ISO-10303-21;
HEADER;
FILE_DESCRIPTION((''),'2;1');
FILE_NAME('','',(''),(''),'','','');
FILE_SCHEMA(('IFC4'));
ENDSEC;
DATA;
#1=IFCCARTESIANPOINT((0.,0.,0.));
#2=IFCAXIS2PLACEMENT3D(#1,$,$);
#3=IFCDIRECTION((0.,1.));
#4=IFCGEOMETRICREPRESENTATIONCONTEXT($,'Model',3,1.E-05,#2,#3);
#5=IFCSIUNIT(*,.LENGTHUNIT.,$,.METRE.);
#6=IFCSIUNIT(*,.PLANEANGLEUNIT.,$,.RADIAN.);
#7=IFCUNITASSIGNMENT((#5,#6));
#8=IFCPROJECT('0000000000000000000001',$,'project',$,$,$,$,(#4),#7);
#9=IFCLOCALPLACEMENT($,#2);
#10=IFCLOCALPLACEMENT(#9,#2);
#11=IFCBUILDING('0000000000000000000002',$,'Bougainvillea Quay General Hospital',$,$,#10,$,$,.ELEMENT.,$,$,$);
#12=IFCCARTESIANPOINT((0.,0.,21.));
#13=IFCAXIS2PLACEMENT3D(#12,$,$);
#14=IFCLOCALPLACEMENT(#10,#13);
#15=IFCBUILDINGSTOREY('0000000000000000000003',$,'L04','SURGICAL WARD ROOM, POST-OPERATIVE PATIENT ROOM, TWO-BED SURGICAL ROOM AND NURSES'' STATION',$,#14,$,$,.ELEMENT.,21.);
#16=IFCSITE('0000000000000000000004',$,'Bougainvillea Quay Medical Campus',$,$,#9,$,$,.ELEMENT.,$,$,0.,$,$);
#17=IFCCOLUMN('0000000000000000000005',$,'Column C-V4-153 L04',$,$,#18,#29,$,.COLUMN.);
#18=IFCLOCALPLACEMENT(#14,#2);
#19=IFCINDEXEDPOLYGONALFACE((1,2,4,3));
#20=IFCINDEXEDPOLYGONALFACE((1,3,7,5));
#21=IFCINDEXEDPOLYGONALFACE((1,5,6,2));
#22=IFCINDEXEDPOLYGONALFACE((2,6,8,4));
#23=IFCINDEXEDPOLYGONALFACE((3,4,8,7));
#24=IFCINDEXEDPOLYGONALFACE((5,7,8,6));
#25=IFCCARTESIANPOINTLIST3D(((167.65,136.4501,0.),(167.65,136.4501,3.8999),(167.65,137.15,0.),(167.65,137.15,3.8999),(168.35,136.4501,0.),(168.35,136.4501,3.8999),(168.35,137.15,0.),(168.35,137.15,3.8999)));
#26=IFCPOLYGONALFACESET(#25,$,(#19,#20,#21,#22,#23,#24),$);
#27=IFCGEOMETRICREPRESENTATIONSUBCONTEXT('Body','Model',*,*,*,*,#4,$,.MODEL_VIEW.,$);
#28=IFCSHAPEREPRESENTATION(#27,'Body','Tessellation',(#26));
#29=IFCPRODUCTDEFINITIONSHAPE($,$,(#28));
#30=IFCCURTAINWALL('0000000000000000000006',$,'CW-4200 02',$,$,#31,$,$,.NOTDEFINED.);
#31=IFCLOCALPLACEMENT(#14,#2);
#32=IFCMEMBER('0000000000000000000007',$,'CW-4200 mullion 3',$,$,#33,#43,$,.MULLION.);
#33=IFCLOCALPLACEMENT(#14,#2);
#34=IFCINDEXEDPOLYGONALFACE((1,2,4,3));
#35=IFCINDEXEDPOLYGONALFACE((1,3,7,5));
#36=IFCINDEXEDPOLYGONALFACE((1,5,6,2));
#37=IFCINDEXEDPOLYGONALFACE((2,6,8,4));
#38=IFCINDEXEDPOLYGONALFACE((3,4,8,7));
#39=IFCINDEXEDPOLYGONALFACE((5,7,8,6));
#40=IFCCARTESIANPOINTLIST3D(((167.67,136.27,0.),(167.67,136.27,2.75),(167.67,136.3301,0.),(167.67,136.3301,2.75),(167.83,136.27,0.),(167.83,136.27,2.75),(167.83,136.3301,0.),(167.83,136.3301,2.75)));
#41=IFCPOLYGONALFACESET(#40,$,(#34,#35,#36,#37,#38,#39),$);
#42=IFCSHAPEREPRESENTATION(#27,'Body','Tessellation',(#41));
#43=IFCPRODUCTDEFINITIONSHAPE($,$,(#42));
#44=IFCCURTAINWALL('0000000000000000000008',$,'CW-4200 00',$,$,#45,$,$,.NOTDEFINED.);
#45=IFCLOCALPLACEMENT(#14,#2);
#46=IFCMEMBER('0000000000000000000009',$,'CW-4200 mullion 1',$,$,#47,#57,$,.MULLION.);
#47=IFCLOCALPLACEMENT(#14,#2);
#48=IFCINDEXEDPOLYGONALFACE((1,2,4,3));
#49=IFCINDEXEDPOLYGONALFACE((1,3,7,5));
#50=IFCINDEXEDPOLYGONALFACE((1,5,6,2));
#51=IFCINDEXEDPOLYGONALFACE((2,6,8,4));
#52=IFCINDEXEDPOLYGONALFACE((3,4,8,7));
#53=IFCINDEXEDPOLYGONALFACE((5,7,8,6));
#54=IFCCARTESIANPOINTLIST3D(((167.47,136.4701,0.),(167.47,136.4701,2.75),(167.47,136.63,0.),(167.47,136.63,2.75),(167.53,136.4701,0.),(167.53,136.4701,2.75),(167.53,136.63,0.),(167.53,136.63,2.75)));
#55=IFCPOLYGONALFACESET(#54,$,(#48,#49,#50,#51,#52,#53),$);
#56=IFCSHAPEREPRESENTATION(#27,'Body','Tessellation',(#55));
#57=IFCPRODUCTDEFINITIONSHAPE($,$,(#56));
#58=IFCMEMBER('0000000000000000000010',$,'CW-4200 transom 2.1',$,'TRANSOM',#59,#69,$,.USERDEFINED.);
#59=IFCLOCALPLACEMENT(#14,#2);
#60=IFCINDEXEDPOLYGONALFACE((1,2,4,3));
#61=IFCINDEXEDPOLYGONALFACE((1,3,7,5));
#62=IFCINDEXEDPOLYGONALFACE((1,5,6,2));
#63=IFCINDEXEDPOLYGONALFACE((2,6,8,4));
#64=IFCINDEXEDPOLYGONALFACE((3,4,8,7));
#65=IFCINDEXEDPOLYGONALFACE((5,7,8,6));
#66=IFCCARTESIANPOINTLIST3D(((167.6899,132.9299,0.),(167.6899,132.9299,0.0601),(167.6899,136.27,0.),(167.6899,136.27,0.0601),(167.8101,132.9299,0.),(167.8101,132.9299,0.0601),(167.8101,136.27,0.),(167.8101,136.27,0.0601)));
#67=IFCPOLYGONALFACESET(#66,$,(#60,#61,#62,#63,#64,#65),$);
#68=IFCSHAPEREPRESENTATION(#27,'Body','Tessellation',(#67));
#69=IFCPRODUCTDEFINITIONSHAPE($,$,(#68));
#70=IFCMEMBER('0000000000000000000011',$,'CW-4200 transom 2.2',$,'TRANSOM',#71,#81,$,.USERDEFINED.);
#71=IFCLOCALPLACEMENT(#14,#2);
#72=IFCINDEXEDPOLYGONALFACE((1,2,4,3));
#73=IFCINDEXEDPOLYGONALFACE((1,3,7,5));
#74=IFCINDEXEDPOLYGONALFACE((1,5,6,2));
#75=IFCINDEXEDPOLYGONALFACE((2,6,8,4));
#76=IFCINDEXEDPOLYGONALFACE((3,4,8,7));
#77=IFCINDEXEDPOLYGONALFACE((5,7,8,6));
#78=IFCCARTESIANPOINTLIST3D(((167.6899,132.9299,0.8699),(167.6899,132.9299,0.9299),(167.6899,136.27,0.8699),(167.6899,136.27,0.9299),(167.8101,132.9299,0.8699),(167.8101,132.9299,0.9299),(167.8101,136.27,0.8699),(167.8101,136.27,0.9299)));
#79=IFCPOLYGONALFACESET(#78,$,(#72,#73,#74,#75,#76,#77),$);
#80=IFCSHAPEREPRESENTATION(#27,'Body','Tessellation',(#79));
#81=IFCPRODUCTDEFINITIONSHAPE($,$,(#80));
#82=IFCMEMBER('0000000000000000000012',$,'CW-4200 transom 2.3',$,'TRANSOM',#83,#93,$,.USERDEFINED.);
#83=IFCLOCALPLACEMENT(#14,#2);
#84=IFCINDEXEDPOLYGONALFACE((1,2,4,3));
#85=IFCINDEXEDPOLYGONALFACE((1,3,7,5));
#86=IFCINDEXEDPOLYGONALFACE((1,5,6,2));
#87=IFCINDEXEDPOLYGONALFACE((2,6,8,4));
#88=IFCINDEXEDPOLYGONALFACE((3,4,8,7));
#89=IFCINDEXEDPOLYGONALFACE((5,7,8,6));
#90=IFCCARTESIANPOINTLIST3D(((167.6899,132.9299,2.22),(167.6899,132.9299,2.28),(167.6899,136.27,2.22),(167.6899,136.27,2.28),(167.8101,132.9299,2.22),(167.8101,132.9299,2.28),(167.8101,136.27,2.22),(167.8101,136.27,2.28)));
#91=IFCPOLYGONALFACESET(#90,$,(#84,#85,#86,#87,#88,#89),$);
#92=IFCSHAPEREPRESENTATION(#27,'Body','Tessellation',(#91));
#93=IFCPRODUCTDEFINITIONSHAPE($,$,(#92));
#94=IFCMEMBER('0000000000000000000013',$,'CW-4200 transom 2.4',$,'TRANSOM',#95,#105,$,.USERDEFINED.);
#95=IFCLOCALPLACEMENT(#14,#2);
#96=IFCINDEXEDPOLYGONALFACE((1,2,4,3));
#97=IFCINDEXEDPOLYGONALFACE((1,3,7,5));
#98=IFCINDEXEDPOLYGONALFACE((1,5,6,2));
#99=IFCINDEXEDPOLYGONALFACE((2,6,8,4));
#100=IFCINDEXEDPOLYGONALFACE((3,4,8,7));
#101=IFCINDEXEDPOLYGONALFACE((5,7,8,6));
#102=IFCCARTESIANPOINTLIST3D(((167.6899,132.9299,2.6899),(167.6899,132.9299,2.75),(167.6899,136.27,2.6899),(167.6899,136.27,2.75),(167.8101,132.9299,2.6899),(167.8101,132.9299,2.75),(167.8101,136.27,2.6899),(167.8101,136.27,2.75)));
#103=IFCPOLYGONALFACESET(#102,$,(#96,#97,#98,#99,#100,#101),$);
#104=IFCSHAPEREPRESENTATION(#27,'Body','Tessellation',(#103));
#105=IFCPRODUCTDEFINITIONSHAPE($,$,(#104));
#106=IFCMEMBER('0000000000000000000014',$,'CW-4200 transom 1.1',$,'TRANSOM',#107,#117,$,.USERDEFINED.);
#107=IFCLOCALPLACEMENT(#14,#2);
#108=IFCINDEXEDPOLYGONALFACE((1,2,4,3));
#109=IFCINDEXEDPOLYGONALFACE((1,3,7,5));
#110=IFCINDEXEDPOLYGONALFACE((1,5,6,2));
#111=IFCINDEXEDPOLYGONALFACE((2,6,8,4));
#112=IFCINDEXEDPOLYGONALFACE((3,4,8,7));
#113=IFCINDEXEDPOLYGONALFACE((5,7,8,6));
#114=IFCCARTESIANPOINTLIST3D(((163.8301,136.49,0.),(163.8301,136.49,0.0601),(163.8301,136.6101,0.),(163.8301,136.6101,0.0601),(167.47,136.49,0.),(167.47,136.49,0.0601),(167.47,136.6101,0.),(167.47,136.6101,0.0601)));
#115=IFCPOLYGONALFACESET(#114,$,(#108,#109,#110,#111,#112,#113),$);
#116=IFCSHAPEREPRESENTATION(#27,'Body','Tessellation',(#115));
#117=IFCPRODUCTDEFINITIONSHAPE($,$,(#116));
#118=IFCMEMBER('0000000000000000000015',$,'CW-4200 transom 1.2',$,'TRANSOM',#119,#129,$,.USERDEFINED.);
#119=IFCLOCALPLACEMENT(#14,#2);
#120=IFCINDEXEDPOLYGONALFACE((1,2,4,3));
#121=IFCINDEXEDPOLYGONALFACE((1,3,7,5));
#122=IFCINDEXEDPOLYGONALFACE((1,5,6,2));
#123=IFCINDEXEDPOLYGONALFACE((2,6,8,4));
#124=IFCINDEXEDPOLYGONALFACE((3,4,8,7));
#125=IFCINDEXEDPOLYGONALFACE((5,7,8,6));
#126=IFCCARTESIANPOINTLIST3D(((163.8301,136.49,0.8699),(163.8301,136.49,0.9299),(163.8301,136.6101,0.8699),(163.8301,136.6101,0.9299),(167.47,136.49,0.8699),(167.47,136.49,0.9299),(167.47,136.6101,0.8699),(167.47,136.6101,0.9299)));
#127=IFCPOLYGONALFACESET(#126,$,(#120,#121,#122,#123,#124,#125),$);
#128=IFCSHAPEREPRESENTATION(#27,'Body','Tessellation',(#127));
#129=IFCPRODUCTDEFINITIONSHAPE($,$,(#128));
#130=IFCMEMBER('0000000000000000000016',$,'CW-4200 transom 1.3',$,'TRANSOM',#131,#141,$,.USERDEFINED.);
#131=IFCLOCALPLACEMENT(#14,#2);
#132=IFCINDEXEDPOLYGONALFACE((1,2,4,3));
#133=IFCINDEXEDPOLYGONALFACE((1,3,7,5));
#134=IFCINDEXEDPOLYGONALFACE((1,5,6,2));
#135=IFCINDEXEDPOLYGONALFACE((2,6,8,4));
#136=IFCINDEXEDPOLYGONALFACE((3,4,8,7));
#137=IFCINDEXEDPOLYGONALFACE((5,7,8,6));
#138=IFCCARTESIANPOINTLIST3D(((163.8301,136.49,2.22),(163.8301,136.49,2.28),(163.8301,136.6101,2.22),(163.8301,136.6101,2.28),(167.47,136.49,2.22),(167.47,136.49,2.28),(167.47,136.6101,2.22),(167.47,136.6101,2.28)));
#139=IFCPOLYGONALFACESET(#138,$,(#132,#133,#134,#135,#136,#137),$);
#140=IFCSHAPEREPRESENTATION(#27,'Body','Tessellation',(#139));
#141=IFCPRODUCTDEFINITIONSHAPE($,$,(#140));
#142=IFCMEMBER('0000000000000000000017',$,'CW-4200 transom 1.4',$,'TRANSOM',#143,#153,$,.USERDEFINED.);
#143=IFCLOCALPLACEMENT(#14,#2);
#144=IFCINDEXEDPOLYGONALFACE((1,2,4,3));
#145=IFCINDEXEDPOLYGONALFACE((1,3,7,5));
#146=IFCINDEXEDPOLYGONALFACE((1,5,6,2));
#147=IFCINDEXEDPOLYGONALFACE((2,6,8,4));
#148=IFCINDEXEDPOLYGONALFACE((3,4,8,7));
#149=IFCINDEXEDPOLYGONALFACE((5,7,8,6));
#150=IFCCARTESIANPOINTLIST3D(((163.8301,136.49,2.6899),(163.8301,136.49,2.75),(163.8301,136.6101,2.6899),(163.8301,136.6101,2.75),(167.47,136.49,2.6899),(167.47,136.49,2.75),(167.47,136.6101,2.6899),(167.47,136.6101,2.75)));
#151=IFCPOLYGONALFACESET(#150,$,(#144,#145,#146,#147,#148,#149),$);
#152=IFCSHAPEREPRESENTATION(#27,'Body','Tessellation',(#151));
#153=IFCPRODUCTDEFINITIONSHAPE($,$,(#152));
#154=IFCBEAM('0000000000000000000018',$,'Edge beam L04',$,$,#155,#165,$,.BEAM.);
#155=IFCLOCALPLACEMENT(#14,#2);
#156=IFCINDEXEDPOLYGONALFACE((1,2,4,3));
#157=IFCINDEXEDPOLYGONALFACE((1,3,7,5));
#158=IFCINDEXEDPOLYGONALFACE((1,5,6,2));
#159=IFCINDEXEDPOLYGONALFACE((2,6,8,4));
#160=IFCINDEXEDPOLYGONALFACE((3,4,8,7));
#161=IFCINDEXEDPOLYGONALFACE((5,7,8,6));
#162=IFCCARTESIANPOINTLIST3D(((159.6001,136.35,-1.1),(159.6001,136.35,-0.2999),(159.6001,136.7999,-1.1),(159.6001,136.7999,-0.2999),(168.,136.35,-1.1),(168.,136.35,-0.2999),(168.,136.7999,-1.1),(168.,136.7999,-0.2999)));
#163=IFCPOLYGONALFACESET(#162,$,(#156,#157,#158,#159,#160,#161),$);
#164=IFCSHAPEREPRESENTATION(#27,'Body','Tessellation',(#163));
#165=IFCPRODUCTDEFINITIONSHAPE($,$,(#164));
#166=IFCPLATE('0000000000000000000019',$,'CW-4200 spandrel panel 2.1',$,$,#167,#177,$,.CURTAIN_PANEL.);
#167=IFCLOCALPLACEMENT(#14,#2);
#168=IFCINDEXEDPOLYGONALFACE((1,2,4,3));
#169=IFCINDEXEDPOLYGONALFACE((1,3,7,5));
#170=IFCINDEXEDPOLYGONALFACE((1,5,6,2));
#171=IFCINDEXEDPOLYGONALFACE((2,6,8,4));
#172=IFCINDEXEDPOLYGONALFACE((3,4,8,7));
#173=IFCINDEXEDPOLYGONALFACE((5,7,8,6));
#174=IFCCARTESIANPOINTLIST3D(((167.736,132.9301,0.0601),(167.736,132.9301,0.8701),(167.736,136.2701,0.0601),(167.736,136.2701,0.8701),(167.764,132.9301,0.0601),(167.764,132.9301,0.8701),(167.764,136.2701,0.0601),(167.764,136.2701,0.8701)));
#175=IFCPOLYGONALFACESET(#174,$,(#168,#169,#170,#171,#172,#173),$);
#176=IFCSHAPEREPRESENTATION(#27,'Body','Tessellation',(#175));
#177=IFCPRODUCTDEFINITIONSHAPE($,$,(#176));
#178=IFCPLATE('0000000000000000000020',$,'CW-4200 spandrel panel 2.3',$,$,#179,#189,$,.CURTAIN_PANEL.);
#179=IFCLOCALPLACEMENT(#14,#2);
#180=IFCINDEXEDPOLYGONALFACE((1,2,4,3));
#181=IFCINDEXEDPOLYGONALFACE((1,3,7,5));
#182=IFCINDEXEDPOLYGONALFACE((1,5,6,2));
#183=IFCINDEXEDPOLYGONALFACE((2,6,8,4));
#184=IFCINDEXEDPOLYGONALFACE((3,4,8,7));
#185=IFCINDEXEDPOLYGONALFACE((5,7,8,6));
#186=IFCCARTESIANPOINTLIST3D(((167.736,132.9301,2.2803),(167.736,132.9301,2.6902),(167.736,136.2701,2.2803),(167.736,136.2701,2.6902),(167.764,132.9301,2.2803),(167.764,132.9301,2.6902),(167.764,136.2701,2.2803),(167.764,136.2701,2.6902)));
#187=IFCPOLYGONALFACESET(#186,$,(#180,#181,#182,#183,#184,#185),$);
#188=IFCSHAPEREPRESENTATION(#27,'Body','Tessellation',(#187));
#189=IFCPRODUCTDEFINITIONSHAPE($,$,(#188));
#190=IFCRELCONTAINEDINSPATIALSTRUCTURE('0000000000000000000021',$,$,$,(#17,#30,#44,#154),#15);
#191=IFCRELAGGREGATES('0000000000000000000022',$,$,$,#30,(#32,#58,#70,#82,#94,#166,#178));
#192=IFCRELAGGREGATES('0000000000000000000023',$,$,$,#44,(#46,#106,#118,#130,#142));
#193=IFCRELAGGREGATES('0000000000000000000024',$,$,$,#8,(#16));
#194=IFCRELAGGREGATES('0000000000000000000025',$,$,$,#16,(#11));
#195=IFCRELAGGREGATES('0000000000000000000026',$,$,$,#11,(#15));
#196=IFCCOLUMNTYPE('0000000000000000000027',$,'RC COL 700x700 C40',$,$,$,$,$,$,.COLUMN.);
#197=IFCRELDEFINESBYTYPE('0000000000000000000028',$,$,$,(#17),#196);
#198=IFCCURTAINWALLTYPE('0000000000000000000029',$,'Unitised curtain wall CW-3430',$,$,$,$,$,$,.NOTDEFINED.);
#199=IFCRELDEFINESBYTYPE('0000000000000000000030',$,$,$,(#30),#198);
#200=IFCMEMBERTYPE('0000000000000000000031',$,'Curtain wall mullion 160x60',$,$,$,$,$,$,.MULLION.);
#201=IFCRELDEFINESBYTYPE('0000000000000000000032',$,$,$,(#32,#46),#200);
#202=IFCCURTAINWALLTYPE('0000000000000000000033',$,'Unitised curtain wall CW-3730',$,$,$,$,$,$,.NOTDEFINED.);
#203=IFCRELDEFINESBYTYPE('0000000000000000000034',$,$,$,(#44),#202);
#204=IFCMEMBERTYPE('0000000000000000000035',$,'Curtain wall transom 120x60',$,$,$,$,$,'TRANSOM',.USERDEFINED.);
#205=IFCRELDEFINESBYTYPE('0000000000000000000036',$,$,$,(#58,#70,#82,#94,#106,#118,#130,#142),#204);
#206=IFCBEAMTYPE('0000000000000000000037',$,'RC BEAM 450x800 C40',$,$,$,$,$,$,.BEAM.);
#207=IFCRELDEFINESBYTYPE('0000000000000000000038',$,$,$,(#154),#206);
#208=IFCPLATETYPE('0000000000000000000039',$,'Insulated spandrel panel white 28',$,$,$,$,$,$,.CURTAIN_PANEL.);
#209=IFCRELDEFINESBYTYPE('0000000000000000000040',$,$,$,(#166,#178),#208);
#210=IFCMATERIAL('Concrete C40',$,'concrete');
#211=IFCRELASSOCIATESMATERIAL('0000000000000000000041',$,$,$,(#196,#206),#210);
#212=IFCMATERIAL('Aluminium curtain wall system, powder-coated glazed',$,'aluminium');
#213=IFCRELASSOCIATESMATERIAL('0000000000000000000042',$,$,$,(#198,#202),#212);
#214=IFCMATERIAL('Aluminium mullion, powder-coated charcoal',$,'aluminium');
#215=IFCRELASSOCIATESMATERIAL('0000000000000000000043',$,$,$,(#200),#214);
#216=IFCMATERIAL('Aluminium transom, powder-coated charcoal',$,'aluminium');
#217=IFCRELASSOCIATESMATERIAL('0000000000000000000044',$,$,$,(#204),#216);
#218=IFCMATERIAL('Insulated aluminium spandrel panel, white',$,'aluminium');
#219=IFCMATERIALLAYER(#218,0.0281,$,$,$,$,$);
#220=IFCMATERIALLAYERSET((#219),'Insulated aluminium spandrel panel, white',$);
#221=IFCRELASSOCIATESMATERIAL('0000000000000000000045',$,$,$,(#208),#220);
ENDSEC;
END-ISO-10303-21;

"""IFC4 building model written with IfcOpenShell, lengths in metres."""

from ifc_helpers import new_model, si_unit, direction, frame, origin, origin_2d, place, context, subcontext, project, spatial, rectangle, extrude, material, layer, layer_set, material_profile, profile_set, type_object, element, aggregate, save


model = new_model("IFC4")

# Units and contexts
model_context = context("Model", 3, precision=1e-05, world=origin(), true_north=direction((0.0, 1.0)))
body_context = subcontext(model_context, "Body", "Model", "MODEL_VIEW")
ifc_project = project(units=[si_unit("LENGTHUNIT", "METRE"), si_unit("PLANEANGLEUNIT", "RADIAN")], contexts=[model_context])

# Site, building, storey
site_placement = place(None, origin())
site = spatial("IfcSite", under=ifc_project, at=site_placement, Name="Bougainvillea Quay Medical Campus", CompositionType="ELEMENT", RefElevation=0.0)
building_placement = place(site_placement, origin())
building = spatial("IfcBuilding", under=site, at=building_placement, Name="Bougainvillea Quay General Hospital", CompositionType="ELEMENT")
storey_placement = place(building_placement, frame((0.0, 0.0, 21.0)))
storey = spatial("IfcBuildingStorey", under=building, at=storey_placement, Name="L04", Description="SURGICAL WARD ROOM, POST-OPERATIVE PATIENT ROOM, TWO-BED SURGICAL ROOM AND NURSES' STATION", CompositionType="ELEMENT", Elevation=21.0)

# Column
ifc_material_1 = material(Name="Concrete C40", Category="concrete")
ifc_material_profile_1 = material_profile(ifc_material_1, rectangle(XDim=0.7, YDim=0.7, at=origin_2d()))
ifc_profile_set_1 = profile_set([ifc_material_profile_1], Name="Concrete C40")
column_type = type_object("IfcColumnType", Name="RC COL 700x700 C40", PredefinedType="COLUMN", material=ifc_profile_set_1)
column_placement = place(storey_placement, frame((168.0, 136.8, 0.0), z_axis=(0.0, 0.0, 1.0), x_axis=(1.0, 0.0, 0.0)))
element("IfcColumn", 1, at=column_placement, inside=storey, type_object=column_type, Name="Column C-V4-153 L04", PredefinedType="COLUMN", context=body_context, shape_type="SweptSolid", body=[
    extrude(rectangle(XDim=0.7, YDim=0.7, at=origin_2d()), origin(), (0.0, 0.0, 1.0), 3.8999),
])

# Curtain walls, members
ifc_material_2 = material(Name="Aluminium curtain wall system, powder-coated glazed", Category="aluminium")
curtain_wall_type_1 = type_object("IfcCurtainWallType", Name="Unitised curtain wall CW-3430", PredefinedType="NOTDEFINED", material=ifc_material_2)
curtain_wall_1_placement = place(storey_placement, origin())
curtain_wall_1 = element("IfcCurtainWall", 2, at=curtain_wall_1_placement, inside=storey, type_object=curtain_wall_type_1, Name="CW-4200 02", PredefinedType="NOTDEFINED")
ifc_material_3 = material(Name="Aluminium mullion, powder-coated charcoal", Category="aluminium")
ifc_material_profile_2 = material_profile(ifc_material_3, rectangle(XDim=0.1599, YDim=0.0601, at=origin_2d()))
ifc_profile_set_2 = profile_set([ifc_material_profile_2], Name="Aluminium mullion, powder-coated charcoal")
member_type_1 = type_object("IfcMemberType", Name="Curtain wall mullion 160x60", PredefinedType="MULLION", material=ifc_profile_set_2)
member_1_placement = place(storey_placement, frame((167.75, 136.3, 0.0), z_axis=(0.0, 0.0, 1.0), x_axis=(-1.0, 0.0, 0.0)))
member_1 = element("IfcMember", 3, at=member_1_placement, type_object=member_type_1, Name="CW-4200 mullion 3", PredefinedType="MULLION", context=body_context, shape_type="SweptSolid", body=[
    extrude(rectangle(XDim=0.1599, YDim=0.0601, at=origin_2d()), origin(), (0.0, 0.0, 1.0), 2.75),
])
curtain_wall_type_2 = type_object("IfcCurtainWallType", Name="Unitised curtain wall CW-3730", PredefinedType="NOTDEFINED", material=ifc_material_2)
curtain_wall_2_placement = place(storey_placement, origin())
curtain_wall_2 = element("IfcCurtainWall", 4, at=curtain_wall_2_placement, inside=storey, type_object=curtain_wall_type_2, Name="CW-4200 00", PredefinedType="NOTDEFINED")
member_2_placement = place(storey_placement, frame((167.5, 136.55, 0.0), z_axis=(0.0, 0.0, 1.0), x_axis=(0.0, -1.0, 0.0)))
member_2 = element("IfcMember", 5, at=member_2_placement, type_object=member_type_1, Name="CW-4200 mullion 1", PredefinedType="MULLION", context=body_context, shape_type="SweptSolid", body=[
    extrude(rectangle(XDim=0.1599, YDim=0.0601, at=origin_2d()), origin(), (0.0, 0.0, 1.0), 2.75),
])

# Members
ifc_material_4 = material(Name="Aluminium transom, powder-coated charcoal", Category="aluminium")
ifc_material_profile_3 = material_profile(ifc_material_4, rectangle(XDim=0.1201, YDim=0.0601, at=origin_2d()))
ifc_profile_set_3 = profile_set([ifc_material_profile_3], Name="Aluminium transom, powder-coated charcoal")
member_type_2 = type_object("IfcMemberType", Name="Curtain wall transom 120x60", ElementType="TRANSOM", PredefinedType="USERDEFINED", material=ifc_profile_set_3)
member_3_placement = place(storey_placement, frame((167.75, 132.9299, 0.03), z_axis=(0.0, 1.0, 0.0), x_axis=(-1.0, 0.0, 0.0)))
member_3 = element("IfcMember", 6, at=member_3_placement, type_object=member_type_2, Name="CW-4200 transom 2.1", ObjectType="TRANSOM", PredefinedType="USERDEFINED", context=body_context, shape_type="SweptSolid", body=[
    extrude(rectangle(XDim=0.1201, YDim=0.0601, at=origin_2d()), origin(), (0.0, 0.0, 1.0), 3.3401),
])
member_4_placement = place(storey_placement, frame((167.75, 132.9299, 0.8999), z_axis=(0.0, 1.0, 0.0), x_axis=(-1.0, 0.0, 0.0)))
member_4 = element("IfcMember", 7, at=member_4_placement, type_object=member_type_2, Name="CW-4200 transom 2.2", ObjectType="TRANSOM", PredefinedType="USERDEFINED", context=body_context, shape_type="SweptSolid", body=[
    extrude(rectangle(XDim=0.1201, YDim=0.0601, at=origin_2d()), origin(), (0.0, 0.0, 1.0), 3.3401),
])
member_5_placement = place(storey_placement, frame((167.75, 132.9299, 2.25), z_axis=(0.0, 1.0, 0.0), x_axis=(-1.0, 0.0, 0.0)))
member_5 = element("IfcMember", 8, at=member_5_placement, type_object=member_type_2, Name="CW-4200 transom 2.3", ObjectType="TRANSOM", PredefinedType="USERDEFINED", context=body_context, shape_type="SweptSolid", body=[
    extrude(rectangle(XDim=0.1201, YDim=0.0601, at=origin_2d()), origin(), (0.0, 0.0, 1.0), 3.3401),
])
member_6_placement = place(storey_placement, frame((167.75, 132.9299, 2.72), z_axis=(0.0, 1.0, 0.0), x_axis=(-1.0, 0.0, 0.0)))
member_6 = element("IfcMember", 9, at=member_6_placement, type_object=member_type_2, Name="CW-4200 transom 2.4", ObjectType="TRANSOM", PredefinedType="USERDEFINED", context=body_context, shape_type="SweptSolid", body=[
    extrude(rectangle(XDim=0.1201, YDim=0.0601, at=origin_2d()), origin(), (0.0, 0.0, 1.0), 3.3401),
])
member_7_placement = place(storey_placement, frame((167.47, 136.55, 0.03), z_axis=(-1.0, 0.0, 0.0), x_axis=(0.0, -1.0, 0.0)))
member_7 = element("IfcMember", 10, at=member_7_placement, type_object=member_type_2, Name="CW-4200 transom 1.1", ObjectType="TRANSOM", PredefinedType="USERDEFINED", context=body_context, shape_type="SweptSolid", body=[
    extrude(rectangle(XDim=0.1201, YDim=0.0601, at=origin_2d()), origin(), (0.0, 0.0, 1.0), 3.6399),
])
member_8_placement = place(storey_placement, frame((167.47, 136.55, 0.8999), z_axis=(-1.0, 0.0, 0.0), x_axis=(0.0, -1.0, 0.0)))
member_8 = element("IfcMember", 11, at=member_8_placement, type_object=member_type_2, Name="CW-4200 transom 1.2", ObjectType="TRANSOM", PredefinedType="USERDEFINED", context=body_context, shape_type="SweptSolid", body=[
    extrude(rectangle(XDim=0.1201, YDim=0.0601, at=origin_2d()), origin(), (0.0, 0.0, 1.0), 3.6399),
])
member_9_placement = place(storey_placement, frame((167.47, 136.55, 2.25), z_axis=(-1.0, 0.0, 0.0), x_axis=(0.0, -1.0, 0.0)))
member_9 = element("IfcMember", 12, at=member_9_placement, type_object=member_type_2, Name="CW-4200 transom 1.3", ObjectType="TRANSOM", PredefinedType="USERDEFINED", context=body_context, shape_type="SweptSolid", body=[
    extrude(rectangle(XDim=0.1201, YDim=0.0601, at=origin_2d()), origin(), (0.0, 0.0, 1.0), 3.6399),
])
member_10_placement = place(storey_placement, frame((167.47, 136.55, 2.72), z_axis=(-1.0, 0.0, 0.0), x_axis=(0.0, -1.0, 0.0)))
member_10 = element("IfcMember", 13, at=member_10_placement, type_object=member_type_2, Name="CW-4200 transom 1.4", ObjectType="TRANSOM", PredefinedType="USERDEFINED", context=body_context, shape_type="SweptSolid", body=[
    extrude(rectangle(XDim=0.1201, YDim=0.0601, at=origin_2d()), origin(), (0.0, 0.0, 1.0), 3.6399),
])

# Beam
ifc_material_profile_4 = material_profile(ifc_material_1, rectangle(XDim=0.45, YDim=0.8, at=origin_2d()))
ifc_profile_set_4 = profile_set([ifc_material_profile_4], Name="Concrete C40")
beam_type = type_object("IfcBeamType", Name="RC BEAM 450x800 C40", PredefinedType="BEAM", material=ifc_profile_set_4)
beam_placement = place(storey_placement, frame((168.0, 136.575, -0.7), z_axis=(-1.0, 0.0, 0.0), x_axis=(0.0, -1.0, 0.0)))
element("IfcBeam", 14, at=beam_placement, inside=storey, type_object=beam_type, Name="Edge beam L04", PredefinedType="BEAM", context=body_context, shape_type="SweptSolid", body=[
    extrude(rectangle(XDim=0.45, YDim=0.8, at=origin_2d()), origin(), (0.0, 0.0, 1.0), 8.3999),
])

# Plates
ifc_material_5 = material(Name="Insulated aluminium spandrel panel, white", Category="aluminium")
ifc_layer_1 = layer(ifc_material_5, 0.0281)
ifc_layer_set_1 = layer_set([ifc_layer_1], Name="Insulated aluminium spandrel panel, white")
plate_type_1 = type_object("IfcPlateType", Name="Insulated spandrel panel white 28", PredefinedType="CURTAIN_PANEL", material=ifc_layer_set_1)
plate_1_placement = place(storey_placement, frame((167.75, 134.6001, 0.0601), z_axis=(0.0, 0.0, 1.0), x_axis=(0.0, 1.0, 0.0)))
plate_1 = element("IfcPlate", 15, at=plate_1_placement, type_object=plate_type_1, Name="CW-4200 spandrel panel 2.1", PredefinedType="CURTAIN_PANEL", context=body_context, shape_type="SweptSolid", body=[
    extrude(rectangle(XDim=3.3401, YDim=0.0281, at=origin_2d()), origin(), (0.0, 0.0, 1.0), 0.8101),
])
plate_2_placement = place(storey_placement, frame((167.75, 134.6001, 2.2803), z_axis=(0.0, 0.0, 1.0), x_axis=(0.0, 1.0, 0.0)))
plate_2 = element("IfcPlate", 16, at=plate_2_placement, type_object=plate_type_1, Name="CW-4200 spandrel panel 2.3", PredefinedType="CURTAIN_PANEL", context=body_context, shape_type="SweptSolid", body=[
    extrude(rectangle(XDim=3.3401, YDim=0.0281, at=origin_2d()), origin(), (0.0, 0.0, 1.0), 0.4099),
])
aggregate(curtain_wall_1, [member_1, member_3, member_4, member_5, member_6, plate_1, plate_2])
aggregate(curtain_wall_2, [member_2, member_7, member_8, member_9, member_10])

save(model, "model.ifc")
